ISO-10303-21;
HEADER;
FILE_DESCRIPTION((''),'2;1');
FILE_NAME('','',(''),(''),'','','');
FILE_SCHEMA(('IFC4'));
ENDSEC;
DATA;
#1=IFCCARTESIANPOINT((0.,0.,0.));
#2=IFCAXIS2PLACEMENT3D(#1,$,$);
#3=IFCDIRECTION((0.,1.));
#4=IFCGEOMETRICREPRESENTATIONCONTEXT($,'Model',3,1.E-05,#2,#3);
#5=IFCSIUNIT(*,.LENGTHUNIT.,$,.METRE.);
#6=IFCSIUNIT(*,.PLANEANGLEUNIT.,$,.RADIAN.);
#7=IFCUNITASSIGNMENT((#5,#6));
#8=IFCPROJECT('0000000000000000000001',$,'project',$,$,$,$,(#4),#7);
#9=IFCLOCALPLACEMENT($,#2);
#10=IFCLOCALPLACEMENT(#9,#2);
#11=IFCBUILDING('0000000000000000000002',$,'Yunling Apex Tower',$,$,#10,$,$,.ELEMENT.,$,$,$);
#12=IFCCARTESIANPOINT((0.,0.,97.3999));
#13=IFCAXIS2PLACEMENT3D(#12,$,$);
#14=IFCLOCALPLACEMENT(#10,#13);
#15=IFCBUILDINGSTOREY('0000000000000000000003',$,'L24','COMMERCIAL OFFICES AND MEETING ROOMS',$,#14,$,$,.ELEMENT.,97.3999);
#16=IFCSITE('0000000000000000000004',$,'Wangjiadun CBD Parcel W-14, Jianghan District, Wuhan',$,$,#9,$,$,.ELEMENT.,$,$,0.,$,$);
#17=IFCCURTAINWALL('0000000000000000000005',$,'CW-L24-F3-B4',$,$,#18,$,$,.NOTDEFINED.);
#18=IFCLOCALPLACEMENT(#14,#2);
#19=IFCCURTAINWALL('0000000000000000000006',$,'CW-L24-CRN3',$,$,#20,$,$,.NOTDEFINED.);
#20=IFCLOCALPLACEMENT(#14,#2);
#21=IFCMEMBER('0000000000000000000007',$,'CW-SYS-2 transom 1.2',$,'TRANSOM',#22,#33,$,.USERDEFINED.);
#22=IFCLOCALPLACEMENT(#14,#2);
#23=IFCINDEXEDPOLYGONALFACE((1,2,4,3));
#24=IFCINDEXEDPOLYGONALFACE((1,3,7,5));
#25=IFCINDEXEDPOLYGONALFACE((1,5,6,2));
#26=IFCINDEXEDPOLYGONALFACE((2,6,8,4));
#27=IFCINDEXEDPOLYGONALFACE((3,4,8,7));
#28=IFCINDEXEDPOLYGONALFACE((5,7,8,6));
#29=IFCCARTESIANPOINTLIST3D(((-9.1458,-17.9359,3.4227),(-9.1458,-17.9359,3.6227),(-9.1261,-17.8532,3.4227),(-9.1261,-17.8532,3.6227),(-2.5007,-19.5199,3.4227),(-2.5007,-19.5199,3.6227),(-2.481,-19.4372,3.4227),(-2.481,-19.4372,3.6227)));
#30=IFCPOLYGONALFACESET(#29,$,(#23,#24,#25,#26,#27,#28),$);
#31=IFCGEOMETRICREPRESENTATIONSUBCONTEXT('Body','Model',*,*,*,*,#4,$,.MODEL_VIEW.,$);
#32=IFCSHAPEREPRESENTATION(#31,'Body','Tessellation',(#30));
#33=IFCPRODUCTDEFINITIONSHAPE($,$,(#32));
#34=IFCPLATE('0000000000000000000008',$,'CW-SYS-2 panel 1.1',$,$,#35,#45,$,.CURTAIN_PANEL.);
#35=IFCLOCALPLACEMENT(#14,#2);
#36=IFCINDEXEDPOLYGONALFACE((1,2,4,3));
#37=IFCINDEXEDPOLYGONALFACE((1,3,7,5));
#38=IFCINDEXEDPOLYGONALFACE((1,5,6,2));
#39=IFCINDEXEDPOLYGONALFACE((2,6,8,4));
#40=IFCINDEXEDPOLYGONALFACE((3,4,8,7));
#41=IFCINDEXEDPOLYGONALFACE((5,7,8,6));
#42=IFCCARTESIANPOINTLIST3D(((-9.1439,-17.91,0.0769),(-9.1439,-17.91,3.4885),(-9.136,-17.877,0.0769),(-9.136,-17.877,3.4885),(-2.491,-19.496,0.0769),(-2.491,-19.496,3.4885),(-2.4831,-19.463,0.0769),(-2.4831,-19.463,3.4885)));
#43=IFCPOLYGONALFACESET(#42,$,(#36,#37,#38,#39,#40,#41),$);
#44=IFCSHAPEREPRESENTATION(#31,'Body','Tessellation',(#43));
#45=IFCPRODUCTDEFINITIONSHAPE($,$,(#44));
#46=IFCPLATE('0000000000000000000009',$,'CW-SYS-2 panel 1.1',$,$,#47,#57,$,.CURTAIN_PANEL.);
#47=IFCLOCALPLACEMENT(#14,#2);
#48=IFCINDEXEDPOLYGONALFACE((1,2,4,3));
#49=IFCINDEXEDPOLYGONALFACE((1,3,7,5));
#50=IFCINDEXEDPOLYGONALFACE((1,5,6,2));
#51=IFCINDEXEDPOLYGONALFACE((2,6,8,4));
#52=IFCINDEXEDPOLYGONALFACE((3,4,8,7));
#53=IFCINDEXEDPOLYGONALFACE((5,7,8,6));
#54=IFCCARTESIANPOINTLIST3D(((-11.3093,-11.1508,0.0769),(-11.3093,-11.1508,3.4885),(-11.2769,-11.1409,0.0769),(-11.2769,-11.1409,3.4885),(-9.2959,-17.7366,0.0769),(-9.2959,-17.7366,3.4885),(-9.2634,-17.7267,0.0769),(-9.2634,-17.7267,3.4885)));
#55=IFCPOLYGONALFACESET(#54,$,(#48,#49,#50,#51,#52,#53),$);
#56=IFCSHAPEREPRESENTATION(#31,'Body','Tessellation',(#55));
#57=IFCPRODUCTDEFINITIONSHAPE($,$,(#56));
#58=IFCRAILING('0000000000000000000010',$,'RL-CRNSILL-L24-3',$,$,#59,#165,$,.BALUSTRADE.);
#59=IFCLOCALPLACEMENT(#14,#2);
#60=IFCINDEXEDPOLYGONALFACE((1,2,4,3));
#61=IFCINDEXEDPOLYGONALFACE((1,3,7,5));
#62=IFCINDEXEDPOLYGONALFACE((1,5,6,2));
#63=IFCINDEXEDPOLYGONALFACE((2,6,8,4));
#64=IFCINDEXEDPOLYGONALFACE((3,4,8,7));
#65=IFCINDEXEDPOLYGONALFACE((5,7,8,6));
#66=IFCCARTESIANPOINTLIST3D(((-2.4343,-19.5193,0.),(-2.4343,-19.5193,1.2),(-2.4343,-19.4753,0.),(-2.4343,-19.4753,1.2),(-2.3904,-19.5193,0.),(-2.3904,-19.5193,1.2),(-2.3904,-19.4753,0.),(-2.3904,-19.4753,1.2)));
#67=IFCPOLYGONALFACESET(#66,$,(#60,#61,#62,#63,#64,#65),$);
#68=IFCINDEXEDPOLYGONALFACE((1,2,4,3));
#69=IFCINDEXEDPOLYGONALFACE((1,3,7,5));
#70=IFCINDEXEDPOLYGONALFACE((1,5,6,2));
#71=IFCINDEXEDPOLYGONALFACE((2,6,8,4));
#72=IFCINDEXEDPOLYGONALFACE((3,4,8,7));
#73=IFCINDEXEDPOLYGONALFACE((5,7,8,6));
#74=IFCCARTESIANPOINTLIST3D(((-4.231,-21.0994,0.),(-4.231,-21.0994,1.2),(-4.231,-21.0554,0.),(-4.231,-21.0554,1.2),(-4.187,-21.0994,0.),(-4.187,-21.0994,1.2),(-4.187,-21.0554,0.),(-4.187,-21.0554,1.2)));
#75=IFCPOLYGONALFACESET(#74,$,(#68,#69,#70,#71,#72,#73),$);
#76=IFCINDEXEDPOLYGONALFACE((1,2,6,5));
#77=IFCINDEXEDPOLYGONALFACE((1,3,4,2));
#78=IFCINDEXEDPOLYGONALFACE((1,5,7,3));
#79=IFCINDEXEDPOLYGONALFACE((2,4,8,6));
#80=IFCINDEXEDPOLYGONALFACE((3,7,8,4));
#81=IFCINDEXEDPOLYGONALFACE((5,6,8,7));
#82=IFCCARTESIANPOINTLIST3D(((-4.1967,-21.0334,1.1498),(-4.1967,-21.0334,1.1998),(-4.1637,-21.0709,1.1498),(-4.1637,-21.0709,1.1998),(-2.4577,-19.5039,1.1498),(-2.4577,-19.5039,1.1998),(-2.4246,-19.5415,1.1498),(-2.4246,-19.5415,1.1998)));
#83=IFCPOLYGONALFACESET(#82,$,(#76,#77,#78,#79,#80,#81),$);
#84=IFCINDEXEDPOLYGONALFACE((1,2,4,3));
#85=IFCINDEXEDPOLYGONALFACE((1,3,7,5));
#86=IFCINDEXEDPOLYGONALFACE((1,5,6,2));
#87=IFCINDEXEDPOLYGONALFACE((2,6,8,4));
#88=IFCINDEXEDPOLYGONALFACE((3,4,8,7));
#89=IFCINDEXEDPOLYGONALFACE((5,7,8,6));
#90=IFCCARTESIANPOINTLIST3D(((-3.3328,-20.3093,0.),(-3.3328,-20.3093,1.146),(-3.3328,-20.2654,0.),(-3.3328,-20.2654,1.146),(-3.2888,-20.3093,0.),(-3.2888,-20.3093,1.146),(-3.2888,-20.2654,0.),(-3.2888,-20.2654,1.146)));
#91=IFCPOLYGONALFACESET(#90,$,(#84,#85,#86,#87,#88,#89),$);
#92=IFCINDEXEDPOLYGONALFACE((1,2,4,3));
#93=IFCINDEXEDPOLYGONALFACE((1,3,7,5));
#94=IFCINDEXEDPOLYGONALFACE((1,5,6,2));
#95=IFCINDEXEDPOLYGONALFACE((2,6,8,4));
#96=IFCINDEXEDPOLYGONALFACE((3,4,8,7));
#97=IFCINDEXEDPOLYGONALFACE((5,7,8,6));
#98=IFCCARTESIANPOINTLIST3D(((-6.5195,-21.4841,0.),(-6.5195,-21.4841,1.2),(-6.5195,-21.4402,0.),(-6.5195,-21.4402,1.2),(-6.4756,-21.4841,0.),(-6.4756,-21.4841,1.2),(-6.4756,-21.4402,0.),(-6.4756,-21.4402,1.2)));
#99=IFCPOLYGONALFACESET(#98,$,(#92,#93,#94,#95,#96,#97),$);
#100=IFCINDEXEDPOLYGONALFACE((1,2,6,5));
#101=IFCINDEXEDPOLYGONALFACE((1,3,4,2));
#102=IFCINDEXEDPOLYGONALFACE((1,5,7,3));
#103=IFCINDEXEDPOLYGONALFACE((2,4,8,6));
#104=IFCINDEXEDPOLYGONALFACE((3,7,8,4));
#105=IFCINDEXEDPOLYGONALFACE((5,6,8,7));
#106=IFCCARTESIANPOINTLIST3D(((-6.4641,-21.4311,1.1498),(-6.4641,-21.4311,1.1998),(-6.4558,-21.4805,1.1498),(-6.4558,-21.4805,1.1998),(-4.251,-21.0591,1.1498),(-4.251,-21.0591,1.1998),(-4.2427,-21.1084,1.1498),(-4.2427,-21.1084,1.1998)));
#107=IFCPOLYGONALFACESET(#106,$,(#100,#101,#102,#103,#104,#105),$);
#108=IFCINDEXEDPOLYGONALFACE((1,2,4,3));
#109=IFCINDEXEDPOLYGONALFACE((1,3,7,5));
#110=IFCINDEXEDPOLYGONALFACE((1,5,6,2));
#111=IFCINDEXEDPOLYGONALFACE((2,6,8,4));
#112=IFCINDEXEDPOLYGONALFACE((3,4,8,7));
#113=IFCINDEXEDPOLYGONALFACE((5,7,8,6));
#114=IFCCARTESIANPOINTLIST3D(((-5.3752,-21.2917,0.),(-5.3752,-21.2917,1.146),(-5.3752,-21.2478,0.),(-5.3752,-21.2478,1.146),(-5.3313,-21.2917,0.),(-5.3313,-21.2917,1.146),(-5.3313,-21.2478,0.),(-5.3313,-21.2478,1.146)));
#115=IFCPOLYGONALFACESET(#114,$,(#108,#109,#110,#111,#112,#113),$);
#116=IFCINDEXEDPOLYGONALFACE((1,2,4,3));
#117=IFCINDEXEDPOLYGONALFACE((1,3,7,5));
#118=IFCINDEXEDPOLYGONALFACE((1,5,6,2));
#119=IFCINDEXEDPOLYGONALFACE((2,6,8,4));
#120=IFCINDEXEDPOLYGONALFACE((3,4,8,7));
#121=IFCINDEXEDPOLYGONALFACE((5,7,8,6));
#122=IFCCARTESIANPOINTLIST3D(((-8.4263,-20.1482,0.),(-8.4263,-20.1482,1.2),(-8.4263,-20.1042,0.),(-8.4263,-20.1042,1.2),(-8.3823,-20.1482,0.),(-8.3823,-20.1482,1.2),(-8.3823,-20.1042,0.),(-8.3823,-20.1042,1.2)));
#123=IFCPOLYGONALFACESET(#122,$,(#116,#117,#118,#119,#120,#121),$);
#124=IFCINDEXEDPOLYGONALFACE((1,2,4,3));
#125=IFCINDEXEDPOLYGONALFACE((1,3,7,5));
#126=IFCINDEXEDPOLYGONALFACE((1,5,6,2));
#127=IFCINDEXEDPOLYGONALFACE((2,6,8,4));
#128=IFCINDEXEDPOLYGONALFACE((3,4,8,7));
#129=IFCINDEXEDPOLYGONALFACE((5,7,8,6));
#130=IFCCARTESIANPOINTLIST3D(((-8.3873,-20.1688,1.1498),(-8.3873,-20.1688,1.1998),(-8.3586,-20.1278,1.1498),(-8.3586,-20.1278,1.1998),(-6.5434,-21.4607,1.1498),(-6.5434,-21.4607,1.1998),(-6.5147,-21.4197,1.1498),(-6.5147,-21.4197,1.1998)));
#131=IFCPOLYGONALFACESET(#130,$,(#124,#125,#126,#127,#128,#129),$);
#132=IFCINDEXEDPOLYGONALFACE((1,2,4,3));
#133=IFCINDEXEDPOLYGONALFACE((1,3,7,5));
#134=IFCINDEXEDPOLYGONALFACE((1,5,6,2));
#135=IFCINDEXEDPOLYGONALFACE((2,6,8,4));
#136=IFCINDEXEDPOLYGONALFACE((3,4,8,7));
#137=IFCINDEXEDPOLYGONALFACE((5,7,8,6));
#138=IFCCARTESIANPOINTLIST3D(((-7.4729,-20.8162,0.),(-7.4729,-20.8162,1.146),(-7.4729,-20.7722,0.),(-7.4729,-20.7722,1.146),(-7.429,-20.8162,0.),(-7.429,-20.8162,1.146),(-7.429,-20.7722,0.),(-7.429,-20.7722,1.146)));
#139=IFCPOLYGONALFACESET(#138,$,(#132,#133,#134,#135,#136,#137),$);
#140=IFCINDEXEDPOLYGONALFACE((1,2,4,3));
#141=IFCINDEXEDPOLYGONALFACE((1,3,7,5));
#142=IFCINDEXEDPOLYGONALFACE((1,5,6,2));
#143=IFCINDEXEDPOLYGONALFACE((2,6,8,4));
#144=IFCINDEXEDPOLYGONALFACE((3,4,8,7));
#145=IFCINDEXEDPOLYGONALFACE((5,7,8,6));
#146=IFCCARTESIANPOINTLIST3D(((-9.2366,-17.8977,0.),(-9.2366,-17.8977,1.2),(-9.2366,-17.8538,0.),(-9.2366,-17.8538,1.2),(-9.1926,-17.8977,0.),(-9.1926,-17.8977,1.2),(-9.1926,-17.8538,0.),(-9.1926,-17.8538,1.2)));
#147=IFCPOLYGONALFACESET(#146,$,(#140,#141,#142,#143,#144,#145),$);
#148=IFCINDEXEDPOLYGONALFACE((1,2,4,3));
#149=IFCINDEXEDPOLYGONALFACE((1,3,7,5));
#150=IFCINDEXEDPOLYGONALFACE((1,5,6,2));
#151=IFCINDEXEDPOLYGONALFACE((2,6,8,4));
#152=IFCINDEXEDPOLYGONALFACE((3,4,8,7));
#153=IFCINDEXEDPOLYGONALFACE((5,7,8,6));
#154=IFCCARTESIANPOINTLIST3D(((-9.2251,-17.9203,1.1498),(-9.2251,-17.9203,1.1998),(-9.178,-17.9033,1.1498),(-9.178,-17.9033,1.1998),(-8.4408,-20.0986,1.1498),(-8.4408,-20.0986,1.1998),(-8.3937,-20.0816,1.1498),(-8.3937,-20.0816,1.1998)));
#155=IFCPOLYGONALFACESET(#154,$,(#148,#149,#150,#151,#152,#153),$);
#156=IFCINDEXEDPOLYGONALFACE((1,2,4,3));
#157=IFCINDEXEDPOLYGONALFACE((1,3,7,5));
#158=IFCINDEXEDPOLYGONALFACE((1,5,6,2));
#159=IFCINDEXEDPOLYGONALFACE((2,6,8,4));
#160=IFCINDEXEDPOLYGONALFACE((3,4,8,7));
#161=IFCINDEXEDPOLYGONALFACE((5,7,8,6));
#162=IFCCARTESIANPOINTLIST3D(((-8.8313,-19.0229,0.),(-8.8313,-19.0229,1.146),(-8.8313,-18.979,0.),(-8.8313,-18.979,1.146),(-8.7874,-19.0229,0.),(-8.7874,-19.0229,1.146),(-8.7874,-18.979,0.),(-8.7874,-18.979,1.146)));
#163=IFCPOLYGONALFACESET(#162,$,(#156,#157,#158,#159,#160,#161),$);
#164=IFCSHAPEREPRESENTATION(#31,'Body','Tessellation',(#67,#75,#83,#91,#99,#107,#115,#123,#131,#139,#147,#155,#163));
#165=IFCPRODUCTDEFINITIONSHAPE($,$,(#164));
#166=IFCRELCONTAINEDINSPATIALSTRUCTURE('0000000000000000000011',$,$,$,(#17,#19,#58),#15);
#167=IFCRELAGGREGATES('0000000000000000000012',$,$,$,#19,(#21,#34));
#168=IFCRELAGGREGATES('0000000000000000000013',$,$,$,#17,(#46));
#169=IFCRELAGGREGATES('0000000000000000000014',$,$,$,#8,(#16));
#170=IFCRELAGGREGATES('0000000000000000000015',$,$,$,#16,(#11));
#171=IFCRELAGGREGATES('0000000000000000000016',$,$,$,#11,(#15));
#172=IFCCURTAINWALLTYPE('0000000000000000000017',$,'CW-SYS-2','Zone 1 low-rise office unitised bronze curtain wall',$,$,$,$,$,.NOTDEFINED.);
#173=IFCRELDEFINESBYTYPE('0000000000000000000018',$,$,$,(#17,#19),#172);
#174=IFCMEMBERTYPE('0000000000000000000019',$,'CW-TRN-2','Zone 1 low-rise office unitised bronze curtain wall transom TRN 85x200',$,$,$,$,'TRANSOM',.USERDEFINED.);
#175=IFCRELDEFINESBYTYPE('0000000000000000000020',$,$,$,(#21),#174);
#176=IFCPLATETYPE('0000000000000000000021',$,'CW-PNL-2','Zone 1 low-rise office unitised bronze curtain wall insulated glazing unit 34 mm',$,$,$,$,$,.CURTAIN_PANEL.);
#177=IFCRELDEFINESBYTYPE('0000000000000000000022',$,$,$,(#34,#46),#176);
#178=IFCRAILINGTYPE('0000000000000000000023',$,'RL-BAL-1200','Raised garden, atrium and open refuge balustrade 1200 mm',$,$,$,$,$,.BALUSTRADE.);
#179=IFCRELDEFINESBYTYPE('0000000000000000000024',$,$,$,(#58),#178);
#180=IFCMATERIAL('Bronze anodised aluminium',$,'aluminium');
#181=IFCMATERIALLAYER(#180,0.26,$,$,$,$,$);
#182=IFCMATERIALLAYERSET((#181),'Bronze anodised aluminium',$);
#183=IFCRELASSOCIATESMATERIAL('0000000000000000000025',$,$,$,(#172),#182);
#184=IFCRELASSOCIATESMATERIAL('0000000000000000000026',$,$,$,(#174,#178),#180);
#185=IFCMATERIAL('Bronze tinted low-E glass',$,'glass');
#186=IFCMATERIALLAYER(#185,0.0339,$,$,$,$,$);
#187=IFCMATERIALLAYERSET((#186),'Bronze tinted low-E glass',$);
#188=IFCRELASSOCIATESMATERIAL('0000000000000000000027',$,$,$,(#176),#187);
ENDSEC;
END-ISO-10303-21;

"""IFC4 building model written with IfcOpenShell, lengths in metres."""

from ifc_helpers import new_model, si_unit, direction, frame, origin, origin_2d, place, context, subcontext, project, spatial, rectangle, extrude, source, transform, mapped, material, layer, layer_set, material_profile, profile_set, type_object, element, aggregate, save


model = new_model("IFC4")

# Units and contexts
model_context = context("Model", 3, precision=1e-05, world=origin(), true_north=direction((0.0, 1.0)))
body_context = subcontext(model_context, "Body", "Model", "MODEL_VIEW")
ifc_project = project(units=[si_unit("LENGTHUNIT", "METRE"), si_unit("PLANEANGLEUNIT", "RADIAN")], contexts=[model_context])

# Site, building, storey
site_placement = place(None, origin())
site = spatial("IfcSite", under=ifc_project, at=site_placement, Name="Wangjiadun CBD Parcel W-14, Jianghan District, Wuhan", CompositionType="ELEMENT", RefElevation=0.0)
building_placement = place(site_placement, origin())
building = spatial("IfcBuilding", under=site, at=building_placement, Name="Yunling Apex Tower", CompositionType="ELEMENT")
storey_placement = place(building_placement, frame((0.0, 0.0, 97.3999)))
storey = spatial("IfcBuildingStorey", under=building, at=storey_placement, Name="L24", Description="COMMERCIAL OFFICES AND MEETING ROOMS", CompositionType="ELEMENT", Elevation=97.3999)

# Curtain wall
ifc_material_1 = material(Name="Bronze anodised aluminium", Category="aluminium")
ifc_layer_1 = layer(ifc_material_1, 0.26)
ifc_layer_set_1 = layer_set([ifc_layer_1], Name="Bronze anodised aluminium")
curtain_wall_type = type_object("IfcCurtainWallType", Name="CW-SYS-2", Description="Zone 1 low-rise office unitised bronze curtain wall", PredefinedType="NOTDEFINED", material=ifc_layer_set_1)
curtain_wall_1_placement = place(storey_placement, origin())
curtain_wall_1 = element("IfcCurtainWall", 1, at=curtain_wall_1_placement, inside=storey, type_object=curtain_wall_type, Name="CW-L24-F3-B4", PredefinedType="NOTDEFINED")

# Curtain wall
curtain_wall_2_placement = place(storey_placement, origin())
curtain_wall_2 = element("IfcCurtainWall", 2, at=curtain_wall_2_placement, inside=storey, type_object=curtain_wall_type, Name="CW-L24-CRN3", PredefinedType="NOTDEFINED")

# Member
ifc_material_profile_1 = material_profile(ifc_material_1, rectangle(XDim=0.085, YDim=0.2, at=origin_2d()))
ifc_profile_set_1 = profile_set([ifc_material_profile_1], Name="Bronze anodised aluminium")
member_type_1 = type_object("IfcMemberType", Name="CW-TRN-2", Description="Zone 1 low-rise office unitised bronze curtain wall transom TRN 85x200", ElementType="TRANSOM", PredefinedType="USERDEFINED", material=ifc_profile_set_1)
shared_shape_1 = source(origin(), body_context, "Body", "SweptSolid", [
    extrude(rectangle(XDim=0.085, YDim=0.2, at=origin_2d()), origin(), (0.0, 0.0, 1.0), 6.8313),
])
member_1_placement = place(storey_placement, frame((-9.136, -17.8945, 3.5227), z_axis=(0.972746, -0.231875, 0.0), x_axis=(0.231875, 0.972746, 0.0)))
member_1 = element("IfcMember", 3, at=member_1_placement, type_object=member_type_1, Name="CW-SYS-2 transom 1.2", ObjectType="TRANSOM", PredefinedType="USERDEFINED", context=body_context, shape_type="MappedRepresentation", body=[
    mapped(shared_shape_1, transform((0.0, 0.0, 0.0), scale=1.0)),
])

# Plates
ifc_material_2 = material(Name="Bronze tinted low-E glass", Category="glass")
ifc_layer_2 = layer(ifc_material_2, 0.0339)
ifc_layer_set_2 = layer_set([ifc_layer_2], Name="Bronze tinted low-E glass")
plate_type = type_object("IfcPlateType", Name="CW-PNL-2", Description="Zone 1 low-rise office unitised bronze curtain wall insulated glazing unit 34 mm", PredefinedType="CURTAIN_PANEL", material=ifc_layer_set_2)
shared_shape_2 = source(origin(), body_context, "Body", "SweptSolid", [
    extrude(rectangle(XDim=6.8394, YDim=0.0339, at=origin_2d()), origin(), (0.0, 0.0, 1.0), 3.4116),
])
plate_1_placement = place(storey_placement, frame((-5.8135, -18.6865, 0.0769), z_axis=(0.0, 0.0, 1.0), x_axis=(0.972741, -0.231895, 0.0)))
plate_1 = element("IfcPlate", 4, at=plate_1_placement, type_object=plate_type, Name="CW-SYS-2 panel 1.1", PredefinedType="CURTAIN_PANEL", context=body_context, shape_type="MappedRepresentation", body=[
    mapped(shared_shape_2, transform((0.0, 0.0, 0.0), scale=1.0)),
])
aggregate(curtain_wall_2, [member_1, plate_1])
shared_shape_3 = source(origin(), body_context, "Body", "SweptSolid", [
    extrude(rectangle(XDim=6.8867, YDim=0.0339, at=origin_2d()), origin(), (0.0, 0.0, 1.0), 3.4116),
])
plate_2_placement = place(storey_placement, frame((-10.2864, -14.4387, 0.0769), z_axis=(0.0, 0.0, 1.0), x_axis=(0.292373, -0.956304, 0.0)))
plate_2 = element("IfcPlate", 5, at=plate_2_placement, type_object=plate_type, Name="CW-SYS-2 panel 1.1", PredefinedType="CURTAIN_PANEL", context=body_context, shape_type="MappedRepresentation", body=[
    mapped(shared_shape_3, transform((0.0, 0.0, 0.0), scale=1.0)),
])
aggregate(curtain_wall_1, [plate_2])

# Railing
railing_type = type_object("IfcRailingType", Name="RL-BAL-1200", Description="Raised garden, atrium and open refuge balustrade 1200 mm", PredefinedType="BALUSTRADE", material=ifc_material_1)
railing_placement = place(storey_placement, frame((-2.4124, -19.4973, 0.0)))
element("IfcRailing", 6, at=railing_placement, inside=storey, type_object=railing_type, Name="RL-CRNSILL-L24-3", PredefinedType="BALUSTRADE", context=body_context, shape_type="SweptSolid", body=[
    extrude(rectangle(XDim=0.0439, YDim=0.0439, at=origin_2d()), origin(), (0.0, 0.0, 1.0), 1.2),
    extrude(rectangle(XDim=0.0439, YDim=0.0439, at=origin_2d()), frame((-1.7966, -1.5801, 0.0)), (0.0, 0.0, 1.0), 1.2),
    extrude(rectangle(XDim=0.05, YDim=0.05, at=origin_2d()), frame((-0.0288, -0.0254, 1.1748), z_axis=(-0.750912, -0.660402, 0.0), x_axis=(0.660402, -0.750912, 0.0)), (0.0, 0.0, 1.0), 2.3159),
    extrude(rectangle(XDim=0.0439, YDim=0.0439, at=origin_2d()), frame((-0.8984, -0.79, 0.0)), (0.0, 0.0, 1.0), 1.146),
    extrude(rectangle(XDim=0.0439, YDim=0.0439, at=origin_2d()), frame((-4.0852, -1.9648, 0.0)), (0.0, 0.0, 1.0), 1.2),
    extrude(rectangle(XDim=0.05, YDim=0.05, at=origin_2d()), frame((-1.8345, -1.5864, 1.1748), z_axis=(-0.98616, -0.165798, 0.0), x_axis=(0.165798, -0.98616, 0.0)), (0.0, 0.0, 1.0), 2.2441),
    extrude(rectangle(XDim=0.0439, YDim=0.0439, at=origin_2d()), frame((-2.9409, -1.7725, 0.0)), (0.0, 0.0, 1.0), 1.146),
    extrude(rectangle(XDim=0.0439, YDim=0.0439, at=origin_2d()), frame((-5.9919, -0.6289, 0.0)), (0.0, 0.0, 1.0), 1.2),
    extrude(rectangle(XDim=0.05, YDim=0.05, at=origin_2d()), frame((-4.1167, -1.9429, 1.1748), z_axis=(-0.818986, 0.573814, 0.0), x_axis=(-0.573814, -0.818986, 0.0)), (0.0, 0.0, 1.0), 2.2515),
    extrude(rectangle(XDim=0.0439, YDim=0.0439, at=origin_2d()), frame((-5.0386, -1.2969, 0.0)), (0.0, 0.0, 1.0), 1.146),
    extrude(rectangle(XDim=0.0439, YDim=0.0439, at=origin_2d()), frame((-6.8022, 1.6216, 0.0)), (0.0, 0.0, 1.0), 1.2),
    extrude(rectangle(XDim=0.05, YDim=0.05, at=origin_2d()), frame((-6.0049, -0.5928, 1.1748), z_axis=(-0.338766, 0.94087, 0.0), x_axis=(-0.94087, -0.338766, 0.0)), (0.0, 0.0, 1.0), 2.3152),
    extrude(rectangle(XDim=0.0439, YDim=0.0439, at=origin_2d()), frame((-6.397, 0.4963, 0.0)), (0.0, 0.0, 1.0), 1.146),
])

save(model, "model.ifc")
